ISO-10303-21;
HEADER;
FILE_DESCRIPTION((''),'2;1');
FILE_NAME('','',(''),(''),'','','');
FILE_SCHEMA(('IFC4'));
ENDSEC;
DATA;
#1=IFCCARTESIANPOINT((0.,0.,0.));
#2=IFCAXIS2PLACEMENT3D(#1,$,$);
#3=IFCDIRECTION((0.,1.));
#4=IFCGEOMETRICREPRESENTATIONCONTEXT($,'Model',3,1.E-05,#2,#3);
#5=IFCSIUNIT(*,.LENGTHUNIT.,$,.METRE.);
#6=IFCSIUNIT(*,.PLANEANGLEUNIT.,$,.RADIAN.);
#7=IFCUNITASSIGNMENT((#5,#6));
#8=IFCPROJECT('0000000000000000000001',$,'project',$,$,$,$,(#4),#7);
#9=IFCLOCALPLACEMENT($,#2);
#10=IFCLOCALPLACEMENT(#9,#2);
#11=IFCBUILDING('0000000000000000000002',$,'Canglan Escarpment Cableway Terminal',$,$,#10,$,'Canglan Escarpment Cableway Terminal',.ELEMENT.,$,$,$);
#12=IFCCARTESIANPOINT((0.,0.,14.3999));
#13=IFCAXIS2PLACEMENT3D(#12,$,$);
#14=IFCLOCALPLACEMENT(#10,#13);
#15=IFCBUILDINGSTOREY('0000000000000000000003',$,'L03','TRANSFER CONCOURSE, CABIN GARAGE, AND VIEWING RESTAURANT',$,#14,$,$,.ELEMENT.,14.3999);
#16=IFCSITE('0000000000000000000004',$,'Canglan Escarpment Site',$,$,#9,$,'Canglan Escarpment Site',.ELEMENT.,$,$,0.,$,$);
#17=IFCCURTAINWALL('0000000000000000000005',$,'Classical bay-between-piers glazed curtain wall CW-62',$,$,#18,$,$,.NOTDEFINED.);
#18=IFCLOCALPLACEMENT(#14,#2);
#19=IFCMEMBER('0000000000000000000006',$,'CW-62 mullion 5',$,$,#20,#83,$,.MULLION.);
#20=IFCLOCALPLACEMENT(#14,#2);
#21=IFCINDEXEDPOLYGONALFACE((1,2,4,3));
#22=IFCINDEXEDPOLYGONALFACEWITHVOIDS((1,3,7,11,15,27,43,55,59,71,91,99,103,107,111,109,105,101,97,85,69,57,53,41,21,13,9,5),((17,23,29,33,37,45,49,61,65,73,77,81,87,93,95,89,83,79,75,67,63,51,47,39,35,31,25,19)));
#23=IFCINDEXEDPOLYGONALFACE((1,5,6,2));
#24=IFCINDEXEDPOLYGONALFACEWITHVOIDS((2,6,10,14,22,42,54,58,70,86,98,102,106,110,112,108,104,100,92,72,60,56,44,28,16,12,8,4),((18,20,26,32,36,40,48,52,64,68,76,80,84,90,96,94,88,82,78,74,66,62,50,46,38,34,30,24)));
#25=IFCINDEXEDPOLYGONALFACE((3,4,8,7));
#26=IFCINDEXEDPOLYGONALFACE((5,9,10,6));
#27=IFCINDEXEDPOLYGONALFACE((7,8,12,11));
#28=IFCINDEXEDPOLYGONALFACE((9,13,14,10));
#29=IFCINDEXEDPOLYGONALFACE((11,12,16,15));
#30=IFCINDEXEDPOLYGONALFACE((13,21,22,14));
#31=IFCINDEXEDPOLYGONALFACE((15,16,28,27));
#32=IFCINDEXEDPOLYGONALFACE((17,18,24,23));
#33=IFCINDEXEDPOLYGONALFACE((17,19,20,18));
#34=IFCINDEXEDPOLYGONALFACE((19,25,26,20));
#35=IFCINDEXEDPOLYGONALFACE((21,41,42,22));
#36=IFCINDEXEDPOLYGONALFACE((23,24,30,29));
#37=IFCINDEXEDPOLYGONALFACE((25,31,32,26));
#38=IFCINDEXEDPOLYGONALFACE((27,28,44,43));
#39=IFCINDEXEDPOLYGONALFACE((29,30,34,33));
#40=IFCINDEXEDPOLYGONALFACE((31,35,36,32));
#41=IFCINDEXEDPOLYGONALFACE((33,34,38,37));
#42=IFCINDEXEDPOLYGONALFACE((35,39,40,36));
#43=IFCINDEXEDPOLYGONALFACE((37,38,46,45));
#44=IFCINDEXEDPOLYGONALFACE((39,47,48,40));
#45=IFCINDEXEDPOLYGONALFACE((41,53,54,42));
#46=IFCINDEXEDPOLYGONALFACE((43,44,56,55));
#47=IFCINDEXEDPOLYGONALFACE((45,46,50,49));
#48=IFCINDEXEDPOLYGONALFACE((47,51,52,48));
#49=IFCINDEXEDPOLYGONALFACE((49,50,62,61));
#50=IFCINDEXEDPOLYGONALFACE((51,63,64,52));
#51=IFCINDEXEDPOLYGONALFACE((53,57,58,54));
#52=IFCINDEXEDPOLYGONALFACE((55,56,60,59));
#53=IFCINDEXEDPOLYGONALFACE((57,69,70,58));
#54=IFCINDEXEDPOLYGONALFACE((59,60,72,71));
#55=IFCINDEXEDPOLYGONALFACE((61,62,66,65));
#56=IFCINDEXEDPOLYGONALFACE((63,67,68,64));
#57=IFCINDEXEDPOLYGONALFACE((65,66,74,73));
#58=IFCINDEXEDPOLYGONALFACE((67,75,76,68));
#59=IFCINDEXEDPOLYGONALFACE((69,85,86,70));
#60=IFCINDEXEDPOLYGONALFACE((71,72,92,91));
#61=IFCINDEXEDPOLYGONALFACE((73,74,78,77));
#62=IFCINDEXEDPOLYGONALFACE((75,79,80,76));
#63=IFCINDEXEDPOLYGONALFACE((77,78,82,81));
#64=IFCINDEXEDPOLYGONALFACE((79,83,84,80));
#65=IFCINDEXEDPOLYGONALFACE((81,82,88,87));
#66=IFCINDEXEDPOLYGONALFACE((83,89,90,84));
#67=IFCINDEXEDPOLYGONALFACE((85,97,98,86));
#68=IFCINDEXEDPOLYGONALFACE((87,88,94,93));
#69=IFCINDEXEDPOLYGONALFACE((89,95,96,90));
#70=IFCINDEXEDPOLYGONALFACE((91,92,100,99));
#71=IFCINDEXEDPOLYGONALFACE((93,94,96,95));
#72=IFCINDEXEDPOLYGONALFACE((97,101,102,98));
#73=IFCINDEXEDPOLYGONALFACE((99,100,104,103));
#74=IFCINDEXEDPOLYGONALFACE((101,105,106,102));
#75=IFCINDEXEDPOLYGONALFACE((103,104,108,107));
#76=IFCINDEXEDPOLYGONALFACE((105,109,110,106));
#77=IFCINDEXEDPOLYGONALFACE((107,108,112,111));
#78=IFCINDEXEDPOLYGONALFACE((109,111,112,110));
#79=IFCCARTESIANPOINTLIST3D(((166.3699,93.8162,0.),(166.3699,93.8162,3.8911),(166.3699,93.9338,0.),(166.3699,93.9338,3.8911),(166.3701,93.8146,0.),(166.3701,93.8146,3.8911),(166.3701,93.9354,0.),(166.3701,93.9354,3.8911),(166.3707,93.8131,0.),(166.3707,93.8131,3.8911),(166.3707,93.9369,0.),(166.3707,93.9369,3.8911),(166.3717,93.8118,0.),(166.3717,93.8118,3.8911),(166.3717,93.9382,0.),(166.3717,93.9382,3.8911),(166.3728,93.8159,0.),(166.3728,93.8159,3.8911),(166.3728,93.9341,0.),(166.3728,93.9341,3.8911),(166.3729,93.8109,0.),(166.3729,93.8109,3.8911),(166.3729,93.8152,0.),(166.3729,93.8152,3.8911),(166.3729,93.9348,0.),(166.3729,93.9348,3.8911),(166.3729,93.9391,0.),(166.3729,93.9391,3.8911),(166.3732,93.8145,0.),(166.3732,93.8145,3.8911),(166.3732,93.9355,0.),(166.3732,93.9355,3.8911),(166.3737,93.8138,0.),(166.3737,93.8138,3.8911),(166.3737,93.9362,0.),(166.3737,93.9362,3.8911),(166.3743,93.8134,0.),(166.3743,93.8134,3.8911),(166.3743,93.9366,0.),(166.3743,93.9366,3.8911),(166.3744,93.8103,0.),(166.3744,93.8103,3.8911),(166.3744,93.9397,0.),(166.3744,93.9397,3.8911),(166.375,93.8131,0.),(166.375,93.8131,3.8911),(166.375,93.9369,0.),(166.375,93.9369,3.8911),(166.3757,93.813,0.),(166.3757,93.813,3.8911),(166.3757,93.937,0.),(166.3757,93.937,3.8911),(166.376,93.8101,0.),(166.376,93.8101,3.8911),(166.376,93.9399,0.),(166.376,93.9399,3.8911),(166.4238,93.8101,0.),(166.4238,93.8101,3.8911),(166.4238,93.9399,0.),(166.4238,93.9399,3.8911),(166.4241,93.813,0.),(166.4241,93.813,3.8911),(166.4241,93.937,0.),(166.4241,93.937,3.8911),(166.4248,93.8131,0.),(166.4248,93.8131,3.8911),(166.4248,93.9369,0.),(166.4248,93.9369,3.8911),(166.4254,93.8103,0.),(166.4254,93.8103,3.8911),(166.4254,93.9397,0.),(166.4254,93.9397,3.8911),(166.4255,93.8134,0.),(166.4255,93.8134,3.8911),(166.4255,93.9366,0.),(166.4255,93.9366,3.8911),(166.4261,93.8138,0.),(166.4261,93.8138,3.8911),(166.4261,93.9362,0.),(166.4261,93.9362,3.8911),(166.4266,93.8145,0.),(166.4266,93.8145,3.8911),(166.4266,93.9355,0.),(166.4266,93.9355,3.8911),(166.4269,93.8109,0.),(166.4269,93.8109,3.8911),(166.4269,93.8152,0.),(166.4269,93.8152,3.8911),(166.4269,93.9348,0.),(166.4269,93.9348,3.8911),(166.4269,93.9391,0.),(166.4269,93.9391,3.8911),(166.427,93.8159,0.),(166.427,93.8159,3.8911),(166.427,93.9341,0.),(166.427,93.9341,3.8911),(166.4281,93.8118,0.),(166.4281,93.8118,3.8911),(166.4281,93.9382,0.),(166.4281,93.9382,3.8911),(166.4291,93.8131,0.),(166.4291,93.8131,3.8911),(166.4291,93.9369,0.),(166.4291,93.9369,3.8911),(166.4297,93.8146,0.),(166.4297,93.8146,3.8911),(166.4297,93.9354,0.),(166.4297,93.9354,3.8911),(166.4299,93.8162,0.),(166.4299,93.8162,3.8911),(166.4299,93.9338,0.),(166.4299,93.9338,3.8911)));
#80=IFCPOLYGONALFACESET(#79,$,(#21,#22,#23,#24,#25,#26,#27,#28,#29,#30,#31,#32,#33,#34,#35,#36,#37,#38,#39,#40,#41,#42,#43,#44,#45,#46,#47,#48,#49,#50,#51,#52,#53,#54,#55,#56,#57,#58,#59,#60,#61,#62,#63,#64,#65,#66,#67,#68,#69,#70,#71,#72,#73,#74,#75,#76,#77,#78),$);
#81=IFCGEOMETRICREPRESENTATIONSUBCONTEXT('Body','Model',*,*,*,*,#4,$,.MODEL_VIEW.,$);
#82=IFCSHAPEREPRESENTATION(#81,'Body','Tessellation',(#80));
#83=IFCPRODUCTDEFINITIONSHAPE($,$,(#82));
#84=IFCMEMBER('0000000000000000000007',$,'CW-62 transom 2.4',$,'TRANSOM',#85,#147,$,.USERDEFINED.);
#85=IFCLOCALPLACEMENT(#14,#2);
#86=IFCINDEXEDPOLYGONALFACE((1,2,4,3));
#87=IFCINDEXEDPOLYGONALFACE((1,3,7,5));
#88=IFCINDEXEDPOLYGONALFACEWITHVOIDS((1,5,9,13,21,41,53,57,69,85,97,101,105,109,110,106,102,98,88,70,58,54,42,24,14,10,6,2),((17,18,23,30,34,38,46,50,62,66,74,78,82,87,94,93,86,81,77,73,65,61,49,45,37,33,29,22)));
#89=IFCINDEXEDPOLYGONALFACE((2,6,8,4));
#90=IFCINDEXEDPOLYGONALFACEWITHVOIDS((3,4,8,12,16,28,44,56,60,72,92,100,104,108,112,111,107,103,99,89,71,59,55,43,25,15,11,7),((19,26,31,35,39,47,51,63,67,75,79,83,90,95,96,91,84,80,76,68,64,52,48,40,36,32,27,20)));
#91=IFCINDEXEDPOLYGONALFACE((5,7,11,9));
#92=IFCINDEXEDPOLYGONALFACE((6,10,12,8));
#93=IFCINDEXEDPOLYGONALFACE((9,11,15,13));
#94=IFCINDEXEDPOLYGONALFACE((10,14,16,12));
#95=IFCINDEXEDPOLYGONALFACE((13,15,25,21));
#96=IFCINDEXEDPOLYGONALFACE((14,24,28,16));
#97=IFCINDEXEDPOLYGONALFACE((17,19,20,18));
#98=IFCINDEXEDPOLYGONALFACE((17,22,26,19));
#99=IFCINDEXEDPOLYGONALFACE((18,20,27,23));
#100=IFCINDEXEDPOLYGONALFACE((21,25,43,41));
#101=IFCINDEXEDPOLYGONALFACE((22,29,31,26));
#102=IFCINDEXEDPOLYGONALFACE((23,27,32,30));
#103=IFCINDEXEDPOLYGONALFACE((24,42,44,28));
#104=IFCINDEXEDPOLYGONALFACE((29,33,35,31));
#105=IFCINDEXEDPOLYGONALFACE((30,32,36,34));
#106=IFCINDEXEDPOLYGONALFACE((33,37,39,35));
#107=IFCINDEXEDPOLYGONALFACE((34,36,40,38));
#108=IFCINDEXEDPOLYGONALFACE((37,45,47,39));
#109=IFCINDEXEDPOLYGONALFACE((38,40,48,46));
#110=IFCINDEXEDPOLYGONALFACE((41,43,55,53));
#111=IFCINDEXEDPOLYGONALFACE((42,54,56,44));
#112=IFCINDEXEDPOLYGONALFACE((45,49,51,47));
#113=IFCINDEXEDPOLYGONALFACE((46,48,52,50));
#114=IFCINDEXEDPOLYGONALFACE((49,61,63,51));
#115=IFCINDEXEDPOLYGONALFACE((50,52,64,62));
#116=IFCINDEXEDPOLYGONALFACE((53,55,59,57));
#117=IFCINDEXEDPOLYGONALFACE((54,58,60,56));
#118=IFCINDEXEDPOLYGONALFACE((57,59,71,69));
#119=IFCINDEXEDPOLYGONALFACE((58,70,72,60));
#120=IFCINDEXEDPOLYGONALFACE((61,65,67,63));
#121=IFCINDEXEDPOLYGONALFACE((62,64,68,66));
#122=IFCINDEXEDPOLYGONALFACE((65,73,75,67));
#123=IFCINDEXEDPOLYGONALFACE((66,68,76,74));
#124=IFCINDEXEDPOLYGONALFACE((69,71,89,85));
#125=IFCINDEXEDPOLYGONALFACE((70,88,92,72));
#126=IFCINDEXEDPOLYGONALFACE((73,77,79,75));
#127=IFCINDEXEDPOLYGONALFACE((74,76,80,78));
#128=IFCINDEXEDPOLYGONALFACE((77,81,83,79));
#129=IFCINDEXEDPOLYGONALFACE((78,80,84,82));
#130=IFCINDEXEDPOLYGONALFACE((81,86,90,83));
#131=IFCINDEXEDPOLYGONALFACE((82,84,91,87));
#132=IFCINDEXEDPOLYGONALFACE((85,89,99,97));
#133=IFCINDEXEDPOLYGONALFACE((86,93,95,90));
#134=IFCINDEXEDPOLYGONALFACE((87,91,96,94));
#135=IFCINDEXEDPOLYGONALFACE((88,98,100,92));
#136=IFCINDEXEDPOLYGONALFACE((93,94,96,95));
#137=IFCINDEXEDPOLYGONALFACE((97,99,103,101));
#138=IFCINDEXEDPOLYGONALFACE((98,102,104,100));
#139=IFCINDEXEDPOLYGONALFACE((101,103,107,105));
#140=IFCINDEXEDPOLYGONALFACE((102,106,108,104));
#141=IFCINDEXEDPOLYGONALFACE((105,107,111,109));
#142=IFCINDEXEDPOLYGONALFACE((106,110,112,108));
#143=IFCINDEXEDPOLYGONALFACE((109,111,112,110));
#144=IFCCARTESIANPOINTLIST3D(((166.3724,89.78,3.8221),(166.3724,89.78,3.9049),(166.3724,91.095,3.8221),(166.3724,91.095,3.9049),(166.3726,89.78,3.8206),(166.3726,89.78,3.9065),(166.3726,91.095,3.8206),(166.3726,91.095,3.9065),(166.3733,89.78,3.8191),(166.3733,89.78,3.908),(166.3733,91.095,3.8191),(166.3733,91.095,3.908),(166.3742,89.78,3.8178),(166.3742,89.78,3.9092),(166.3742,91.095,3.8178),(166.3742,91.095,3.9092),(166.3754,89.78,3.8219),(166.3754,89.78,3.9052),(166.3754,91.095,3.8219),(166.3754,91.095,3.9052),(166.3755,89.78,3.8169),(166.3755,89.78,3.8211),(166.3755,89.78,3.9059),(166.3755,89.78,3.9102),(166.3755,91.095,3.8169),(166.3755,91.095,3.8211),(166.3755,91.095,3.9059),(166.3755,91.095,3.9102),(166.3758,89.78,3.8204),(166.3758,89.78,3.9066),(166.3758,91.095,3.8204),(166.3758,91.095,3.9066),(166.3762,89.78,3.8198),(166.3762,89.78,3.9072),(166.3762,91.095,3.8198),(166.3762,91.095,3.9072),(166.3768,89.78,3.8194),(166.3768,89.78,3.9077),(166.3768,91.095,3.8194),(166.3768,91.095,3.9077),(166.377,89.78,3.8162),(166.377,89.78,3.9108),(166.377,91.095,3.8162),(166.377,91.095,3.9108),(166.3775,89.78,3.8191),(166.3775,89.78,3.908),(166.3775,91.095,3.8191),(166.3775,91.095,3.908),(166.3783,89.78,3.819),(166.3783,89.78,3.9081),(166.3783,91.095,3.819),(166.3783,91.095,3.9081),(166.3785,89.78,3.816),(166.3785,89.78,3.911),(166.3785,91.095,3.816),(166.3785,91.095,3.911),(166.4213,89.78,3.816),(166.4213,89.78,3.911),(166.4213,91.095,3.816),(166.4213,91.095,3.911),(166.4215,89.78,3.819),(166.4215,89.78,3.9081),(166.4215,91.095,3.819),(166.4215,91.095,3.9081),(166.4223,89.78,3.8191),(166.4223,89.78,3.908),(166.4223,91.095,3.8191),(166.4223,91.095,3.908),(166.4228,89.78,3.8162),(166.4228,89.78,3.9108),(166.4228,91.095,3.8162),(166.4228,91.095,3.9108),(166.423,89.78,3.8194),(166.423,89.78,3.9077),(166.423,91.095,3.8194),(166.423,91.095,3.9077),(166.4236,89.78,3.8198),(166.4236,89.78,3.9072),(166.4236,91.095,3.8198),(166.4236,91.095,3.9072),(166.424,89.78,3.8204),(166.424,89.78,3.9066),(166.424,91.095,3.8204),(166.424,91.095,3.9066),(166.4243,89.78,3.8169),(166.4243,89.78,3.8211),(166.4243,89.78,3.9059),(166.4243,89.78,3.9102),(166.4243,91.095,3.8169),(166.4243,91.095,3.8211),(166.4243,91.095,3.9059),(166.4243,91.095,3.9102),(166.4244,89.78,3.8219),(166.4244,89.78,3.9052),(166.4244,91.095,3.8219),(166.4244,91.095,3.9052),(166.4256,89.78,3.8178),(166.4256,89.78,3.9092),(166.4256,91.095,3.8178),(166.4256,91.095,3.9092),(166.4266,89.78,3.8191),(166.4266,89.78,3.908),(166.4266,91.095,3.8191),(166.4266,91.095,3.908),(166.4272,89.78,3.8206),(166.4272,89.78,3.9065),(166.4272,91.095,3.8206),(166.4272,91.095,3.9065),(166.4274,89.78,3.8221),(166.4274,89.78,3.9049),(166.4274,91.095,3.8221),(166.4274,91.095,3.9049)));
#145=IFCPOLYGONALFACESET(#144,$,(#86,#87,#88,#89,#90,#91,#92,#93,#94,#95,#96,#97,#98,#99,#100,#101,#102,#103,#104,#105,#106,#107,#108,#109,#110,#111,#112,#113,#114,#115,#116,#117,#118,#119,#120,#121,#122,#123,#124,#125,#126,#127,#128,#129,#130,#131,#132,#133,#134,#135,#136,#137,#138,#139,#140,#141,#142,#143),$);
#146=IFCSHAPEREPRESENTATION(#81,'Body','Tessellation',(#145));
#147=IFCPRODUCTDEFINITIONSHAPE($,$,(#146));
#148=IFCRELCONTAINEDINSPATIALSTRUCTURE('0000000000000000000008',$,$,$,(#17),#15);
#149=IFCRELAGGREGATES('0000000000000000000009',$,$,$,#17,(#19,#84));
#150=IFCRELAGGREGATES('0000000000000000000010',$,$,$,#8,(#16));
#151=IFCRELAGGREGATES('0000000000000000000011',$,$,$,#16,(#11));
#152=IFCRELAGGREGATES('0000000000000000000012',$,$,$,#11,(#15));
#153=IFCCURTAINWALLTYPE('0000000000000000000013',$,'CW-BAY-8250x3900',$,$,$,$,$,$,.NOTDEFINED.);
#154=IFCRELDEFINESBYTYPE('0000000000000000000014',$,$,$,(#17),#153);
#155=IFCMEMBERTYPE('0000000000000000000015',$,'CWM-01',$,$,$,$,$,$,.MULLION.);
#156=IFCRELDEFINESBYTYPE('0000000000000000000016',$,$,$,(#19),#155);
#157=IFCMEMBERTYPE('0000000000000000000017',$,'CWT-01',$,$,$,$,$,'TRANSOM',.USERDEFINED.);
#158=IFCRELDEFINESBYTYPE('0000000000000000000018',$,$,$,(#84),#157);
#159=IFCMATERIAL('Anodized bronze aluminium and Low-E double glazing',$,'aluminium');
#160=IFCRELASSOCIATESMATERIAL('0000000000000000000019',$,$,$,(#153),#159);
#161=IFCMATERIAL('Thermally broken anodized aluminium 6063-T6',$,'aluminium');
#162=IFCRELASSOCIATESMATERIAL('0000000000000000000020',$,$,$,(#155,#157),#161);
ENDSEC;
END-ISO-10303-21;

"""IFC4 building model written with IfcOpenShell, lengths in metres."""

from ifc_helpers import new_model, si_unit, direction, frame, origin, origin_2d, place, context, subcontext, project, spatial, hollow_rectangle, extrude, material, material_profile, profile_set, type_object, element, aggregate, save


model = new_model("IFC4")

# Units and contexts
model_context = context("Model", 3, precision=1e-05, world=origin(), true_north=direction((0.0, 1.0)))
body_context = subcontext(model_context, "Body", "Model", "MODEL_VIEW")
ifc_project = project(units=[si_unit("LENGTHUNIT", "METRE"), si_unit("PLANEANGLEUNIT", "RADIAN")], contexts=[model_context])

# Site, building, storey
site_placement = place(None, origin())
site = spatial("IfcSite", under=ifc_project, at=site_placement, Name="Canglan Escarpment Site", LongName="Canglan Escarpment Site", CompositionType="ELEMENT", RefElevation=0.0)
building_placement = place(site_placement, origin())
building = spatial("IfcBuilding", under=site, at=building_placement, Name="Canglan Escarpment Cableway Terminal", LongName="Canglan Escarpment Cableway Terminal", CompositionType="ELEMENT")
storey_placement = place(building_placement, frame((0.0, 0.0, 14.3999)))
storey = spatial("IfcBuildingStorey", under=building, at=storey_placement, Name="L03", Description="TRANSFER CONCOURSE, CABIN GARAGE, AND VIEWING RESTAURANT", CompositionType="ELEMENT", Elevation=14.3999)

# Curtain wall, members
ifc_material_1 = material(Name="Anodized bronze aluminium and Low-E double glazing", Category="aluminium")
curtain_wall_type = type_object("IfcCurtainWallType", Name="CW-BAY-8250x3900", PredefinedType="NOTDEFINED", material=ifc_material_1)
curtain_wall_placement = place(storey_placement, origin())
curtain_wall = element("IfcCurtainWall", 1, at=curtain_wall_placement, inside=storey, type_object=curtain_wall_type, Name="Classical bay-between-piers glazed curtain wall CW-62", PredefinedType="NOTDEFINED")
ifc_material_2 = material(Name="Thermally broken anodized aluminium 6063-T6", Category="aluminium")
ifc_material_profile_1 = material_profile(ifc_material_2, hollow_rectangle(XDim=0.0601, YDim=0.1299, WallThickness=0.0029, InnerFilletRadius=0.0029, OuterFilletRadius=0.0061, at=origin_2d()), Name="ALU-MULL 60x130x3")
ifc_profile_set_1 = profile_set([ifc_material_profile_1], Name="Thermally broken anodized aluminium 6063-T6")
member_type_1 = type_object("IfcMemberType", Name="CWM-01", PredefinedType="MULLION", material=ifc_profile_set_1)
member_1_placement = place(storey_placement, frame((166.3999, 93.875, 0.0), z_axis=(0.0, 0.0, 1.0), x_axis=(-1.0, 0.0, 0.0)))
member_1 = element("IfcMember", 2, at=member_1_placement, type_object=member_type_1, Name="CW-62 mullion 5", PredefinedType="MULLION", context=body_context, shape_type="SweptSolid", body=[
    extrude(hollow_rectangle(XDim=0.0601, YDim=0.1299, WallThickness=0.0029, InnerFilletRadius=0.0029, OuterFilletRadius=0.0061, at=origin_2d()), origin(), (0.0, 0.0, 1.0), 3.8911),
])
ifc_material_profile_2 = material_profile(ifc_material_2, hollow_rectangle(XDim=0.0549, YDim=0.095, WallThickness=0.0029, InnerFilletRadius=0.0029, OuterFilletRadius=0.0061, at=origin_2d()), Name="ALU-TRAN 55x95x3")
ifc_profile_set_2 = profile_set([ifc_material_profile_2], Name="Thermally broken anodized aluminium 6063-T6")
member_type_2 = type_object("IfcMemberType", Name="CWT-01", ElementType="TRANSOM", PredefinedType="USERDEFINED", material=ifc_profile_set_2)
member_2_placement = place(storey_placement, frame((166.3999, 89.78, 3.8635), z_axis=(0.0, 1.0, 0.0), x_axis=(-1.0, 0.0, 0.0)))
member_2 = element("IfcMember", 3, at=member_2_placement, type_object=member_type_2, Name="CW-62 transom 2.4", ObjectType="TRANSOM", PredefinedType="USERDEFINED", context=body_context, shape_type="SweptSolid", body=[
    extrude(hollow_rectangle(XDim=0.0549, YDim=0.095, WallThickness=0.0029, InnerFilletRadius=0.0029, OuterFilletRadius=0.0061, at=origin_2d()), origin(), (0.0, 0.0, 1.0), 1.3149),
])
aggregate(curtain_wall, [member_1, member_2])

save(model, "model.ifc")
